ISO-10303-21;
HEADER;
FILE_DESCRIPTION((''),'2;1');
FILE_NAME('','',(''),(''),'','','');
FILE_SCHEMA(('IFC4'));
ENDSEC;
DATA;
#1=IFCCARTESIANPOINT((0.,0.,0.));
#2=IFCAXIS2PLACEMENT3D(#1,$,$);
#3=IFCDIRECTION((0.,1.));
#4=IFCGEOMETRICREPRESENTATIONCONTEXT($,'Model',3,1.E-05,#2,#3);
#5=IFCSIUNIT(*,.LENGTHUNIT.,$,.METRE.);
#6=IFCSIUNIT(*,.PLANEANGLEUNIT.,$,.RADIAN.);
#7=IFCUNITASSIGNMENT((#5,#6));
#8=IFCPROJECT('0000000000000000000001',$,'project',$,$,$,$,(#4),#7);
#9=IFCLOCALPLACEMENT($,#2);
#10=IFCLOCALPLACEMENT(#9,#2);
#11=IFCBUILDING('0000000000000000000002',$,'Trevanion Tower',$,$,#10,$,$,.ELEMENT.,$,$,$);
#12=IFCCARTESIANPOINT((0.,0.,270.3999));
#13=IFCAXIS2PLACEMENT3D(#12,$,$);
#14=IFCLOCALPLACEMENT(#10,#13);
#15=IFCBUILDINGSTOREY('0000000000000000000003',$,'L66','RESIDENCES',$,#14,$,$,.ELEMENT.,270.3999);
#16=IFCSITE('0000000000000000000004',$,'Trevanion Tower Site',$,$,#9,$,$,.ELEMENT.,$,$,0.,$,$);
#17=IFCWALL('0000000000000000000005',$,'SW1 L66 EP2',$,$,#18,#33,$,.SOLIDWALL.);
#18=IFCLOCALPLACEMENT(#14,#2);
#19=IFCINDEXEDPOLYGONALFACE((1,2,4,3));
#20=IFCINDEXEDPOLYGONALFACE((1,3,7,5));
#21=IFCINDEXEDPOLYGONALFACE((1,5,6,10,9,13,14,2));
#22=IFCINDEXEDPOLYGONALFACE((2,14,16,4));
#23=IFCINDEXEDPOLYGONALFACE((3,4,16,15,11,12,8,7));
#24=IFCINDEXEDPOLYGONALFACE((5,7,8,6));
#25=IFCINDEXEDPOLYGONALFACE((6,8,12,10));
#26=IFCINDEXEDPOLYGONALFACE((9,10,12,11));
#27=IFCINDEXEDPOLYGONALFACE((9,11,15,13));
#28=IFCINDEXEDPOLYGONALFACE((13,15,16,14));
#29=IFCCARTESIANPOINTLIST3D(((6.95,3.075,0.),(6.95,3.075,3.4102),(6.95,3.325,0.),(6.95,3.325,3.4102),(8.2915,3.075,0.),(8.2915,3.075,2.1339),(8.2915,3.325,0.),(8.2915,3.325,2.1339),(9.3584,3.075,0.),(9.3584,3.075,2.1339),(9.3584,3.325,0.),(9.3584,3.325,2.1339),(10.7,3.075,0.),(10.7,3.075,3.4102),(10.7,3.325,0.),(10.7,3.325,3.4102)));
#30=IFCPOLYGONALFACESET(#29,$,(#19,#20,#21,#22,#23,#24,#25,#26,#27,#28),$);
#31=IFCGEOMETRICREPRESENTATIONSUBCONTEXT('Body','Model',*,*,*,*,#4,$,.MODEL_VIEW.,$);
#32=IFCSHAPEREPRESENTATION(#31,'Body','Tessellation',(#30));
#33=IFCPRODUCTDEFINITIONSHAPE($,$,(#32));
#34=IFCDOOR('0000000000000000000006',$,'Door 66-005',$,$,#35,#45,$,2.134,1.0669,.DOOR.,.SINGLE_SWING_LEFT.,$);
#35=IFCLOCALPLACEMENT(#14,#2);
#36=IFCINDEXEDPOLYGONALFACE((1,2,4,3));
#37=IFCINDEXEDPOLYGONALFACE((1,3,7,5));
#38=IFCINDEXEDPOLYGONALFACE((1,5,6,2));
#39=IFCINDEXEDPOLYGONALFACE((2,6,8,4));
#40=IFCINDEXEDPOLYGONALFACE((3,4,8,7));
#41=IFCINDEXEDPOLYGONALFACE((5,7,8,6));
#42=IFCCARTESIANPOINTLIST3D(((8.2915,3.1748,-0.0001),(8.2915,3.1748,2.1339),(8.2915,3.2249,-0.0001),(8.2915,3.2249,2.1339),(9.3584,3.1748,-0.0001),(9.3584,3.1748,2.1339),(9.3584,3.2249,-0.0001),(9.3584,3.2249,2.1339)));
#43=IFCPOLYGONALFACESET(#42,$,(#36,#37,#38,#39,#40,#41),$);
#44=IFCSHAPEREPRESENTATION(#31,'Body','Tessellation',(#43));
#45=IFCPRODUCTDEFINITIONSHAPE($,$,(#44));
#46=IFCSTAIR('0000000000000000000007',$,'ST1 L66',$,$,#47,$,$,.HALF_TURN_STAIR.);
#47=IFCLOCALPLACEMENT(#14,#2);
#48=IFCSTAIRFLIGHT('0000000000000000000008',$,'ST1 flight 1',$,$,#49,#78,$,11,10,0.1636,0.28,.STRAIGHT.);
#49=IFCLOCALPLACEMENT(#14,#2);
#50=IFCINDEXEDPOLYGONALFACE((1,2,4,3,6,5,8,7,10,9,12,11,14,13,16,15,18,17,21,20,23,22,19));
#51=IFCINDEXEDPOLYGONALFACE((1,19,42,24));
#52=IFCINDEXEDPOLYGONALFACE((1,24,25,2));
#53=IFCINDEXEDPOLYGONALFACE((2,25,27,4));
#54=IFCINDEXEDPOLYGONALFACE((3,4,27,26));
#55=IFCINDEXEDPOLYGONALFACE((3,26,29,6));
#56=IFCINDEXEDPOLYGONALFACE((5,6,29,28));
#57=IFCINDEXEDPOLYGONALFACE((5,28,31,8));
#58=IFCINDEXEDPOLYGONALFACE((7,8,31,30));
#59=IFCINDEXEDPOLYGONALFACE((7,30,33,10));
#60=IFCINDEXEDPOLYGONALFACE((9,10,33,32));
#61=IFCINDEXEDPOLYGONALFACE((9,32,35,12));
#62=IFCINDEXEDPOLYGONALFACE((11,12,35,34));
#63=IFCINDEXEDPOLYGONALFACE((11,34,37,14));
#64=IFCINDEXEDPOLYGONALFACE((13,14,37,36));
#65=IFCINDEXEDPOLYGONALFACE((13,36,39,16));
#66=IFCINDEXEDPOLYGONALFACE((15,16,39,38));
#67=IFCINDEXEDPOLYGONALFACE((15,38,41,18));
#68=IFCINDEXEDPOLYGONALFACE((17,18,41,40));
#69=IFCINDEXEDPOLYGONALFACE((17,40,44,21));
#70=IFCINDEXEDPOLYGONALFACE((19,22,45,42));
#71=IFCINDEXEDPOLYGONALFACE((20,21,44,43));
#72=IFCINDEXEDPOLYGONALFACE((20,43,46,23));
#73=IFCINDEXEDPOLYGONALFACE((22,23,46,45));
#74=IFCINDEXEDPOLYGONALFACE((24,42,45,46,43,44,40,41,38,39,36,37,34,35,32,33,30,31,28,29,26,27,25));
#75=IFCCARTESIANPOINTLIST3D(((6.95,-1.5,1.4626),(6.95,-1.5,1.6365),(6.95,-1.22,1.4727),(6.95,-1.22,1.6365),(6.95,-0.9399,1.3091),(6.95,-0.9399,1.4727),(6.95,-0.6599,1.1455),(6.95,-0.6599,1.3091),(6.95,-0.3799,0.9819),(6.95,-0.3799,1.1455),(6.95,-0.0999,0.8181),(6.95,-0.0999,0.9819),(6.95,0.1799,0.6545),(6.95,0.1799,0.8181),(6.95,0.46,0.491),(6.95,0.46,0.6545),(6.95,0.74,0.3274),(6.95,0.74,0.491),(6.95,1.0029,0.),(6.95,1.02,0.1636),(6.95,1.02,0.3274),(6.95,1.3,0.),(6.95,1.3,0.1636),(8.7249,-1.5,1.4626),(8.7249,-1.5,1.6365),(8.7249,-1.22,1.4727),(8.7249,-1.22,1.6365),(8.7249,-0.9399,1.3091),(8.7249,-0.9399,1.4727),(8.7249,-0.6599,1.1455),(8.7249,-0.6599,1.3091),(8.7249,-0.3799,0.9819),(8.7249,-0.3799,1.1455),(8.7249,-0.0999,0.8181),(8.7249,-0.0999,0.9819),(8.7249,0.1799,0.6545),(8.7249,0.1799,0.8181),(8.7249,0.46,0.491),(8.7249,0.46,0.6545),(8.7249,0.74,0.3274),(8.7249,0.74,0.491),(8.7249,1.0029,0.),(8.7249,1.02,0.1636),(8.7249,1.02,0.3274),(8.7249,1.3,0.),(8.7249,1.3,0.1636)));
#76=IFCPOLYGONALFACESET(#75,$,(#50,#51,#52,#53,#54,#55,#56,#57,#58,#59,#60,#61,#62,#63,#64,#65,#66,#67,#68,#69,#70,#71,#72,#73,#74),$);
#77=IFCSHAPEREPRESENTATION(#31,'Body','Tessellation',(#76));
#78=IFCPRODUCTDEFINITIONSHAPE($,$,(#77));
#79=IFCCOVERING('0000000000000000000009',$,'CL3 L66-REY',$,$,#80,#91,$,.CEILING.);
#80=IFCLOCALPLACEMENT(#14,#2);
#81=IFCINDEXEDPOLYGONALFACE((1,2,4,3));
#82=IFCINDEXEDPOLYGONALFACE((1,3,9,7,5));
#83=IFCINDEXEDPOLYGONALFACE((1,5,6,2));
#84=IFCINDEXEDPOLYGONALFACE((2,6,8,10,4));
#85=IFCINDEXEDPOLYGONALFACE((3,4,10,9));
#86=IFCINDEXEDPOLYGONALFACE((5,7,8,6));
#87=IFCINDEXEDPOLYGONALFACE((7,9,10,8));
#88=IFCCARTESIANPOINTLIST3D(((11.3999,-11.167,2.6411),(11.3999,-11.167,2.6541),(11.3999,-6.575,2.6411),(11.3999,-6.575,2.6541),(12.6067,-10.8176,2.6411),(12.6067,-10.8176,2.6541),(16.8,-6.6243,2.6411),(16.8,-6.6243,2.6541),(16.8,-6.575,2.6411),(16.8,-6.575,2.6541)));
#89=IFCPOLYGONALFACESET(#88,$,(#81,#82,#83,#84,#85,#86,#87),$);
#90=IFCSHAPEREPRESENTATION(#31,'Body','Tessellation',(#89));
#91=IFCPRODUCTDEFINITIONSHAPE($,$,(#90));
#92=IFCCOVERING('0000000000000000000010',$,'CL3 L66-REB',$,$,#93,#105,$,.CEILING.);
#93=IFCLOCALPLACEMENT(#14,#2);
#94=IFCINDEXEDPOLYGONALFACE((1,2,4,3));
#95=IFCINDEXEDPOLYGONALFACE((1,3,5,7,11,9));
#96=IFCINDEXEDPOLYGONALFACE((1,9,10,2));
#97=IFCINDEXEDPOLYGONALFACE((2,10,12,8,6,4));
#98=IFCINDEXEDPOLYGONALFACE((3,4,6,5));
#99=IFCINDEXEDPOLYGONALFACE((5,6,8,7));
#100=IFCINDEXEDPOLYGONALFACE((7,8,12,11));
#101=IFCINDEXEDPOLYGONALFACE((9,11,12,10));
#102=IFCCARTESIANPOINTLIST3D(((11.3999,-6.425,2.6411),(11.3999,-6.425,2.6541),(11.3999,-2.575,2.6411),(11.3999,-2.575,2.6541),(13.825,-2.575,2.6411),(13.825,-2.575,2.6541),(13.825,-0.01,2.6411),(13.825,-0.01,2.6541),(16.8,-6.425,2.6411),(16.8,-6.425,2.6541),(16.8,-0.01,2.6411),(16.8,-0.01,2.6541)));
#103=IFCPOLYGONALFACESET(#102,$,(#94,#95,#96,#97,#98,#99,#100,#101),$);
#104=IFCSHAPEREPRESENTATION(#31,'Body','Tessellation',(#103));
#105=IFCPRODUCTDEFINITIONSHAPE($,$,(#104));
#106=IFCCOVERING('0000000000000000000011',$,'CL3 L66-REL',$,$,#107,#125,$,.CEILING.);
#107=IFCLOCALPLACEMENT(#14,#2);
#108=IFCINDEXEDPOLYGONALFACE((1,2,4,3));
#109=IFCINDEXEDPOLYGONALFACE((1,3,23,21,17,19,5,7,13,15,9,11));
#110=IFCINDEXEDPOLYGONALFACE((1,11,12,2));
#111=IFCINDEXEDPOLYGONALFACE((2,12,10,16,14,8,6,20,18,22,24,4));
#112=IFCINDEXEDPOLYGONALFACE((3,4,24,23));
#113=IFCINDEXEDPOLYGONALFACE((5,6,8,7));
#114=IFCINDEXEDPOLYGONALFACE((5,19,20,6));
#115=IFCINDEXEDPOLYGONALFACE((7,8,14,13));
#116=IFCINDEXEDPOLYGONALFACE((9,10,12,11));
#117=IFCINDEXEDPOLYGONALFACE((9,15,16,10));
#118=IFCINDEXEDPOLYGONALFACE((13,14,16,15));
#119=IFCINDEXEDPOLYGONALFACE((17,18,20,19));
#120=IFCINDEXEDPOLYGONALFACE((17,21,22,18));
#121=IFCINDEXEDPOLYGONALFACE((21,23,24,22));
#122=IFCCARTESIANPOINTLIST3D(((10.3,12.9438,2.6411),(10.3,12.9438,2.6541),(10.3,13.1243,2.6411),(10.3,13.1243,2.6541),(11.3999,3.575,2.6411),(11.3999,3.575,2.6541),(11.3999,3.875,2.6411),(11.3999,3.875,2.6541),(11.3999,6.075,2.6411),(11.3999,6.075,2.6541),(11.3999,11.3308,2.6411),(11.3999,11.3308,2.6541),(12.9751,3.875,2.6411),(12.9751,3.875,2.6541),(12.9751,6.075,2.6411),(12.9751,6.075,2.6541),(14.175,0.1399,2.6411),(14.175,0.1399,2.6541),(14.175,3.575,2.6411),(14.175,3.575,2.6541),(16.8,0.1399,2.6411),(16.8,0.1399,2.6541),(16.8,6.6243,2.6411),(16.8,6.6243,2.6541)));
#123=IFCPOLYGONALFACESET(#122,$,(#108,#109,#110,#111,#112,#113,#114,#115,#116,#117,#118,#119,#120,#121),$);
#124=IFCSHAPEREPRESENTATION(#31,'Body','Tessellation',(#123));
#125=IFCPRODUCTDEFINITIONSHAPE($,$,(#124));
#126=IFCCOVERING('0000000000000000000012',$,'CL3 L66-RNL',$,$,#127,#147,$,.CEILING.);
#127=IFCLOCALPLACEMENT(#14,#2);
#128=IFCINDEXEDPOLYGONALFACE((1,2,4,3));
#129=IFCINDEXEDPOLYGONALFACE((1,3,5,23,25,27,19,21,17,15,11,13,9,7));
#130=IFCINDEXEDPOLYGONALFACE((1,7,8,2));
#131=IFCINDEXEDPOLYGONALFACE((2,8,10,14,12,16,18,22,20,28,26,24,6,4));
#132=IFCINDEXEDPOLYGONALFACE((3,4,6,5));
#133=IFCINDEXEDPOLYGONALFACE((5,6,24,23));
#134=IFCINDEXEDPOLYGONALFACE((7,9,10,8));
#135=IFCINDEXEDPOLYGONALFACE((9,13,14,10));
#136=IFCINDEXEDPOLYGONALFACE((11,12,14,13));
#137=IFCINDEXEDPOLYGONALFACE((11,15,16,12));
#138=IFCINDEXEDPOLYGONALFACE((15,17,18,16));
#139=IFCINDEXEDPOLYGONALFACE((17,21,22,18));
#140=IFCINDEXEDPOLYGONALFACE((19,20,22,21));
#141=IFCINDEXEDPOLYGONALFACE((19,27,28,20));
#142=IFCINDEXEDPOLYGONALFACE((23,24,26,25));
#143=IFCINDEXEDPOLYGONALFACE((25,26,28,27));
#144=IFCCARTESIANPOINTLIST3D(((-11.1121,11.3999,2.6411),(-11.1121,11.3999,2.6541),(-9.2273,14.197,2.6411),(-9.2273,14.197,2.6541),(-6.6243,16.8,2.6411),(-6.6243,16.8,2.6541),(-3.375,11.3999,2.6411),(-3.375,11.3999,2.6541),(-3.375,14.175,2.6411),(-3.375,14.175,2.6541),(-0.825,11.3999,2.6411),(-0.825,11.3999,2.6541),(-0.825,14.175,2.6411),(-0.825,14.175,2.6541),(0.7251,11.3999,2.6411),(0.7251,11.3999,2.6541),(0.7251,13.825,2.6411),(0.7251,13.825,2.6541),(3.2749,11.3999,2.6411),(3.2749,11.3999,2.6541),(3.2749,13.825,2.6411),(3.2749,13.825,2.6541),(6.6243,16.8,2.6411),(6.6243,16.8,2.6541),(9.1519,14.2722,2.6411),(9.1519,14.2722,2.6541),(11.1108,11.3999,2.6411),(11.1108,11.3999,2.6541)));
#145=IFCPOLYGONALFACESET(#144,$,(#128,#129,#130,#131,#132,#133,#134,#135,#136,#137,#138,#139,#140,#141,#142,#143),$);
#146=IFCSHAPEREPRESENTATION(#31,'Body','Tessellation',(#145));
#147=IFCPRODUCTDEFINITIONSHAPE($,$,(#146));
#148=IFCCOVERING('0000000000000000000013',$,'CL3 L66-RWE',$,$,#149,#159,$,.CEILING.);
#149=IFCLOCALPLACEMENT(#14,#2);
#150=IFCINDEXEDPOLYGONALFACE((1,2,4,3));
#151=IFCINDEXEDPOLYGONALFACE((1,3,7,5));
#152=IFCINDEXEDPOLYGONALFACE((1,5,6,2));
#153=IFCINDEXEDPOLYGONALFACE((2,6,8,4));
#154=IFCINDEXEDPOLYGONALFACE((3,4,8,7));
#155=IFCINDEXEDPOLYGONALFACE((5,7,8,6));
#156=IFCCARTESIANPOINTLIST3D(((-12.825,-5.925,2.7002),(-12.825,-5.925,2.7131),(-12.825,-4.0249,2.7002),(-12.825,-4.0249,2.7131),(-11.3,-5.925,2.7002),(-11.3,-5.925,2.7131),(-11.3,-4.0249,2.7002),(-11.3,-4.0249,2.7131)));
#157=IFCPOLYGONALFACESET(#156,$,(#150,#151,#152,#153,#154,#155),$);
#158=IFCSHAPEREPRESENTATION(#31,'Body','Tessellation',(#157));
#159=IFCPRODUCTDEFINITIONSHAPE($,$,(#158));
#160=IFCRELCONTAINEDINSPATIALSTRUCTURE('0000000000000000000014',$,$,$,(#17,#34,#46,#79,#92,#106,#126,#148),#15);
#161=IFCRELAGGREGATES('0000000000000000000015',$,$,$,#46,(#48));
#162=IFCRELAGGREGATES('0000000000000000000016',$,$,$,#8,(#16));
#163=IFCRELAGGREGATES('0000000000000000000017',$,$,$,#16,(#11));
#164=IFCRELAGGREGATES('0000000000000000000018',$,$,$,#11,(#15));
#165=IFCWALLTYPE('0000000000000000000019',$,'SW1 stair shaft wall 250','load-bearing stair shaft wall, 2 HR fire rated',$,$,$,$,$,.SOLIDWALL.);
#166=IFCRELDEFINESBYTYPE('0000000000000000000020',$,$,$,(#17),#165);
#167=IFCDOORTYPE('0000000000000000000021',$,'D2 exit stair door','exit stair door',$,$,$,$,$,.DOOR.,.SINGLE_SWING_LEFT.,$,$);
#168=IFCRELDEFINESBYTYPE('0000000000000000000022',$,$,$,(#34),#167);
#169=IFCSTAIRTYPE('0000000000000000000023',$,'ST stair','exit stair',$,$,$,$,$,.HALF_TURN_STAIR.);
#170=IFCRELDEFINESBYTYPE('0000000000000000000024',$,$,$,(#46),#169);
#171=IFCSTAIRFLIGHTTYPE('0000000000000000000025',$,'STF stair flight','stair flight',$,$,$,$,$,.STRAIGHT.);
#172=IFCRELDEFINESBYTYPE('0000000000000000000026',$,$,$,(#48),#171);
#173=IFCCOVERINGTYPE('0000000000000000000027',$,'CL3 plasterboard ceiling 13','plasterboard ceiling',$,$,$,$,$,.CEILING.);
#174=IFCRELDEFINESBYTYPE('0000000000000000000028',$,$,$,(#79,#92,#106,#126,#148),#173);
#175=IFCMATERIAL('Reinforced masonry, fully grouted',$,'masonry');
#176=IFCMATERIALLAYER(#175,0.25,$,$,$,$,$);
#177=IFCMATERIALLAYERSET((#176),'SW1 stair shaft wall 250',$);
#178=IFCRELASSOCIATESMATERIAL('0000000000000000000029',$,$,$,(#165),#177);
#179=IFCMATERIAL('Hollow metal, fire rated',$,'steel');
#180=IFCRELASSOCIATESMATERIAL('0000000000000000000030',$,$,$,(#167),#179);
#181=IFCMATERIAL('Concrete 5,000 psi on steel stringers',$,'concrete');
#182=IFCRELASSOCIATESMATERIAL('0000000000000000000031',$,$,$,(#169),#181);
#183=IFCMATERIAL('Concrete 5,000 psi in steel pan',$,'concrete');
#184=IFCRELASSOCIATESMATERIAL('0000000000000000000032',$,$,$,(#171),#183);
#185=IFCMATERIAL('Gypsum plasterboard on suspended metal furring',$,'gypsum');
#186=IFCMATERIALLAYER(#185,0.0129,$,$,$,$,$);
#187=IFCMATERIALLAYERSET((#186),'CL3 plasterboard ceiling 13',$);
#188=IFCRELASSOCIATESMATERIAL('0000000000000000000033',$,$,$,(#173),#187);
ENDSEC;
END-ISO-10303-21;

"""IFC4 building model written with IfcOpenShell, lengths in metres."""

from ifc_helpers import new_model, si_unit, direction, frame, frame_2d, origin, place, context, subcontext, project, spatial, polyline, rectangle, outline, extrude, material, layer, layer_set, type_object, element, fill, aggregate, save


model = new_model("IFC4")

# Units and contexts
model_context = context("Model", 3, precision=1e-05, world=origin(), true_north=direction((0.0, 1.0)))
body_context = subcontext(model_context, "Body", "Model", "MODEL_VIEW")
ifc_project = project(units=[si_unit("LENGTHUNIT", "METRE"), si_unit("PLANEANGLEUNIT", "RADIAN")], contexts=[model_context])

# Site, building, storey
site_placement = place(None, origin())
site = spatial("IfcSite", under=ifc_project, at=site_placement, Name="Trevanion Tower Site", CompositionType="ELEMENT", RefElevation=0.0)
building_placement = place(site_placement, origin())
building = spatial("IfcBuilding", under=site, at=building_placement, Name="Trevanion Tower", CompositionType="ELEMENT")
storey_placement = place(building_placement, frame((0.0, 0.0, 270.3999)))
storey = spatial("IfcBuildingStorey", under=building, at=storey_placement, Name="L66", Description="RESIDENCES", CompositionType="ELEMENT", Elevation=270.3999)

# Wall, opening, door
ifc_material_1 = material(Name="Reinforced masonry, fully grouted", Category="masonry")
ifc_layer_1 = layer(ifc_material_1, 0.25)
ifc_layer_set_1 = layer_set([ifc_layer_1], Name="SW1 stair shaft wall 250")
wall_type_1 = type_object("IfcWallType", Name="SW1 stair shaft wall 250", Description="load-bearing stair shaft wall, 2 HR fire rated", PredefinedType="SOLIDWALL", material=ifc_layer_set_1)
wall_1_placement = place(storey_placement, frame((6.95, 3.2, 0.0), z_axis=(0.0, 0.0, 1.0), x_axis=(1.0, 0.0, 0.0)))
wall_1 = element("IfcWall", 1, at=wall_1_placement, inside=storey, type_object=wall_type_1, Name="SW1 L66 EP2", PredefinedType="SOLIDWALL", context=body_context, shape_type="SweptSolid", body=[
    extrude(rectangle(XDim=3.75, YDim=0.25, at=frame_2d((1.875, 0.0))), origin(), (0.0, 0.0, 1.0), 3.4102),
])
opening_1_placement = place(wall_1_placement, frame((1.3416, 0.0, 0.0)))
opening_1 = element("IfcOpeningElement", 2, at=opening_1_placement, cuts=wall_1, PredefinedType="OPENING", context=body_context, shape_type="SweptSolid", body=[
    extrude(rectangle(XDim=1.0669, YDim=2.134, at=frame_2d((0.5334, 1.0669))), frame((0.0, 0.135, 0.0), z_axis=(0.0, -1.0, 0.0), x_axis=(1.0, 0.0, 0.0)), (0.0, 0.0, 1.0), 0.27),
])
ifc_material_2 = material(Name="Hollow metal, fire rated", Category="steel")
door_type_1 = type_object("IfcDoorType", Name="D2 exit stair door", Description="exit stair door", OperationType="SINGLE_SWING_LEFT", PredefinedType="DOOR", material=ifc_material_2)
door_1_placement = place(opening_1_placement, origin())
door_1 = element("IfcDoor", 3, at=door_1_placement, inside=storey, type_object=door_type_1, Name="Door 66-005", OperationType="SINGLE_SWING_LEFT", OverallHeight=2.134, OverallWidth=1.0669, PredefinedType="DOOR", context=body_context, shape_type="SweptSolid", body=[
    extrude(rectangle(XDim=1.0669, YDim=2.134, at=frame_2d((0.5334, 1.0669))), frame((0.0, 0.0249, 0.0), z_axis=(0.0, -1.0, 0.0), x_axis=(1.0, 0.0, 0.0)), (0.0, 0.0, 1.0), 0.05),
])
fill(opening_1, door_1)

# Stair, stair flight
ifc_material_3 = material(Name="Concrete 5,000 psi on steel stringers", Category="concrete")
stair_type = type_object("IfcStairType", Name="ST stair", Description="exit stair", PredefinedType="HALF_TURN_STAIR", material=ifc_material_3)
stair_placement = place(storey_placement, origin())
stair = element("IfcStair", 4, at=stair_placement, inside=storey, type_object=stair_type, Name="ST1 L66", PredefinedType="HALF_TURN_STAIR")
ifc_material_4 = material(Name="Concrete 5,000 psi in steel pan", Category="concrete")
stair_flight_type = type_object("IfcStairFlightType", Name="STF stair flight", Description="stair flight", PredefinedType="STRAIGHT", material=ifc_material_4)
stair_flight_placement = place(storey_placement, frame((7.8374, 1.3, 0.0), z_axis=(0.0, 0.0, 1.0), x_axis=(0.0, -1.0, 0.0)))
stair_flight = element("IfcStairFlight", 5, at=stair_flight_placement, type_object=stair_flight_type, Name="ST1 flight 1", NumberOfRisers=11, NumberOfTreads=10, PredefinedType="STRAIGHT", RiserHeight=0.1636, TreadLength=0.28, context=body_context, shape_type="SweptSolid", body=[
    extrude(outline(polyline([(0.0, 0.0), (0.0, 0.1636), (0.28, 0.1636), (0.28, 0.3274), (0.5601, 0.3274), (0.5601, 0.491), (0.8401, 0.491), (0.8401, 0.6545), (1.1201, 0.6545), (1.1201, 0.8181), (1.3999, 0.8181), (1.3999, 0.9819), (1.6799, 0.9819), (1.6799, 1.1455), (1.96, 1.1455), (1.96, 1.3091), (2.24, 1.3091), (2.24, 1.4727), (2.52, 1.4727), (2.52, 1.6365), (2.8, 1.6365), (2.8, 1.8), (2.8, 1.4626), (0.2971, 0.0), (0.0, 0.0)])), frame((0.0, 0.8875, 0.0), z_axis=(0.0, -1.0, 0.0), x_axis=(1.0, 0.0, 0.0)), (0.0, 0.0, 1.0), 1.7749),
])
aggregate(stair, [stair_flight])

# Coverings
ifc_material_5 = material(Name="Gypsum plasterboard on suspended metal furring", Category="gypsum")
ifc_layer_2 = layer(ifc_material_5, 0.0129)
ifc_layer_set_2 = layer_set([ifc_layer_2], Name="CL3 plasterboard ceiling 13")
covering_type_1 = type_object("IfcCoveringType", Name="CL3 plasterboard ceiling 13", Description="plasterboard ceiling", PredefinedType="CEILING", material=ifc_layer_set_2)
covering_1_placement = place(storey_placement, frame((0.0, 0.0, 2.6411)))
element("IfcCovering", 6, at=covering_1_placement, inside=storey, type_object=covering_type_1, Name="CL3 L66-REY", PredefinedType="CEILING", context=body_context, shape_type="SweptSolid", body=[
    extrude(outline(polyline([(12.6067, -10.8176), (11.3999, -11.167), (11.3999, -6.575), (16.8, -6.575), (16.8, -6.6243), (12.6067, -10.8176)])), origin(), (0.0, 0.0, 1.0), 0.0129),
])
covering_2_placement = place(storey_placement, frame((0.0, 0.0, 2.6411)))
element("IfcCovering", 7, at=covering_2_placement, inside=storey, type_object=covering_type_1, Name="CL3 L66-REB", PredefinedType="CEILING", context=body_context, shape_type="SweptSolid", body=[
    extrude(outline(polyline([(11.3999, -6.425), (11.3999, -2.575), (13.825, -2.575), (13.825, -0.01), (16.8, -0.01), (16.8, -6.425), (11.3999, -6.425)])), origin(), (0.0, 0.0, 1.0), 0.0129),
])
covering_3_placement = place(storey_placement, frame((0.0, 0.0, 2.6411)))
element("IfcCovering", 8, at=covering_3_placement, inside=storey, type_object=covering_type_1, Name="CL3 L66-REL", PredefinedType="CEILING", context=body_context, shape_type="SweptSolid", body=[
    extrude(outline(polyline([(14.175, 0.1399), (14.175, 3.575), (11.3999, 3.575), (11.3999, 3.875), (12.9751, 3.875), (12.9751, 6.075), (11.3999, 6.075), (11.3999, 11.3308), (10.3, 12.9438), (10.3, 13.1243), (16.8, 6.6243), (16.8, 0.1399), (14.175, 0.1399)])), origin(), (0.0, 0.0, 1.0), 0.0129),
])
covering_4_placement = place(storey_placement, frame((0.0, 0.0, 2.6411)))
element("IfcCovering", 9, at=covering_4_placement, inside=storey, type_object=covering_type_1, Name="CL3 L66-RNL", PredefinedType="CEILING", context=body_context, shape_type="SweptSolid", body=[
    extrude(outline(polyline([(9.1519, 14.2722), (11.1108, 11.3999), (3.2749, 11.3999), (3.2749, 13.825), (0.7251, 13.825), (0.7251, 11.3999), (-0.825, 11.3999), (-0.825, 14.175), (-3.375, 14.175), (-3.375, 11.3999), (-11.1121, 11.3999), (-9.2273, 14.197), (-6.6243, 16.8), (6.6243, 16.8), (9.1519, 14.2722)])), origin(), (0.0, 0.0, 1.0), 0.0129),
])
covering_5_placement = place(storey_placement, frame((0.0, 0.0, 2.7002)))
element("IfcCovering", 10, at=covering_5_placement, inside=storey, type_object=covering_type_1, Name="CL3 L66-RWE", PredefinedType="CEILING", context=body_context, shape_type="SweptSolid", body=[
    extrude(outline(polyline([(-12.825, -4.0249), (-12.825, -5.925), (-11.3, -5.925), (-11.3, -4.0249), (-12.825, -4.0249)])), origin(), (0.0, 0.0, 1.0), 0.0129),
])

save(model, "model.ifc")
